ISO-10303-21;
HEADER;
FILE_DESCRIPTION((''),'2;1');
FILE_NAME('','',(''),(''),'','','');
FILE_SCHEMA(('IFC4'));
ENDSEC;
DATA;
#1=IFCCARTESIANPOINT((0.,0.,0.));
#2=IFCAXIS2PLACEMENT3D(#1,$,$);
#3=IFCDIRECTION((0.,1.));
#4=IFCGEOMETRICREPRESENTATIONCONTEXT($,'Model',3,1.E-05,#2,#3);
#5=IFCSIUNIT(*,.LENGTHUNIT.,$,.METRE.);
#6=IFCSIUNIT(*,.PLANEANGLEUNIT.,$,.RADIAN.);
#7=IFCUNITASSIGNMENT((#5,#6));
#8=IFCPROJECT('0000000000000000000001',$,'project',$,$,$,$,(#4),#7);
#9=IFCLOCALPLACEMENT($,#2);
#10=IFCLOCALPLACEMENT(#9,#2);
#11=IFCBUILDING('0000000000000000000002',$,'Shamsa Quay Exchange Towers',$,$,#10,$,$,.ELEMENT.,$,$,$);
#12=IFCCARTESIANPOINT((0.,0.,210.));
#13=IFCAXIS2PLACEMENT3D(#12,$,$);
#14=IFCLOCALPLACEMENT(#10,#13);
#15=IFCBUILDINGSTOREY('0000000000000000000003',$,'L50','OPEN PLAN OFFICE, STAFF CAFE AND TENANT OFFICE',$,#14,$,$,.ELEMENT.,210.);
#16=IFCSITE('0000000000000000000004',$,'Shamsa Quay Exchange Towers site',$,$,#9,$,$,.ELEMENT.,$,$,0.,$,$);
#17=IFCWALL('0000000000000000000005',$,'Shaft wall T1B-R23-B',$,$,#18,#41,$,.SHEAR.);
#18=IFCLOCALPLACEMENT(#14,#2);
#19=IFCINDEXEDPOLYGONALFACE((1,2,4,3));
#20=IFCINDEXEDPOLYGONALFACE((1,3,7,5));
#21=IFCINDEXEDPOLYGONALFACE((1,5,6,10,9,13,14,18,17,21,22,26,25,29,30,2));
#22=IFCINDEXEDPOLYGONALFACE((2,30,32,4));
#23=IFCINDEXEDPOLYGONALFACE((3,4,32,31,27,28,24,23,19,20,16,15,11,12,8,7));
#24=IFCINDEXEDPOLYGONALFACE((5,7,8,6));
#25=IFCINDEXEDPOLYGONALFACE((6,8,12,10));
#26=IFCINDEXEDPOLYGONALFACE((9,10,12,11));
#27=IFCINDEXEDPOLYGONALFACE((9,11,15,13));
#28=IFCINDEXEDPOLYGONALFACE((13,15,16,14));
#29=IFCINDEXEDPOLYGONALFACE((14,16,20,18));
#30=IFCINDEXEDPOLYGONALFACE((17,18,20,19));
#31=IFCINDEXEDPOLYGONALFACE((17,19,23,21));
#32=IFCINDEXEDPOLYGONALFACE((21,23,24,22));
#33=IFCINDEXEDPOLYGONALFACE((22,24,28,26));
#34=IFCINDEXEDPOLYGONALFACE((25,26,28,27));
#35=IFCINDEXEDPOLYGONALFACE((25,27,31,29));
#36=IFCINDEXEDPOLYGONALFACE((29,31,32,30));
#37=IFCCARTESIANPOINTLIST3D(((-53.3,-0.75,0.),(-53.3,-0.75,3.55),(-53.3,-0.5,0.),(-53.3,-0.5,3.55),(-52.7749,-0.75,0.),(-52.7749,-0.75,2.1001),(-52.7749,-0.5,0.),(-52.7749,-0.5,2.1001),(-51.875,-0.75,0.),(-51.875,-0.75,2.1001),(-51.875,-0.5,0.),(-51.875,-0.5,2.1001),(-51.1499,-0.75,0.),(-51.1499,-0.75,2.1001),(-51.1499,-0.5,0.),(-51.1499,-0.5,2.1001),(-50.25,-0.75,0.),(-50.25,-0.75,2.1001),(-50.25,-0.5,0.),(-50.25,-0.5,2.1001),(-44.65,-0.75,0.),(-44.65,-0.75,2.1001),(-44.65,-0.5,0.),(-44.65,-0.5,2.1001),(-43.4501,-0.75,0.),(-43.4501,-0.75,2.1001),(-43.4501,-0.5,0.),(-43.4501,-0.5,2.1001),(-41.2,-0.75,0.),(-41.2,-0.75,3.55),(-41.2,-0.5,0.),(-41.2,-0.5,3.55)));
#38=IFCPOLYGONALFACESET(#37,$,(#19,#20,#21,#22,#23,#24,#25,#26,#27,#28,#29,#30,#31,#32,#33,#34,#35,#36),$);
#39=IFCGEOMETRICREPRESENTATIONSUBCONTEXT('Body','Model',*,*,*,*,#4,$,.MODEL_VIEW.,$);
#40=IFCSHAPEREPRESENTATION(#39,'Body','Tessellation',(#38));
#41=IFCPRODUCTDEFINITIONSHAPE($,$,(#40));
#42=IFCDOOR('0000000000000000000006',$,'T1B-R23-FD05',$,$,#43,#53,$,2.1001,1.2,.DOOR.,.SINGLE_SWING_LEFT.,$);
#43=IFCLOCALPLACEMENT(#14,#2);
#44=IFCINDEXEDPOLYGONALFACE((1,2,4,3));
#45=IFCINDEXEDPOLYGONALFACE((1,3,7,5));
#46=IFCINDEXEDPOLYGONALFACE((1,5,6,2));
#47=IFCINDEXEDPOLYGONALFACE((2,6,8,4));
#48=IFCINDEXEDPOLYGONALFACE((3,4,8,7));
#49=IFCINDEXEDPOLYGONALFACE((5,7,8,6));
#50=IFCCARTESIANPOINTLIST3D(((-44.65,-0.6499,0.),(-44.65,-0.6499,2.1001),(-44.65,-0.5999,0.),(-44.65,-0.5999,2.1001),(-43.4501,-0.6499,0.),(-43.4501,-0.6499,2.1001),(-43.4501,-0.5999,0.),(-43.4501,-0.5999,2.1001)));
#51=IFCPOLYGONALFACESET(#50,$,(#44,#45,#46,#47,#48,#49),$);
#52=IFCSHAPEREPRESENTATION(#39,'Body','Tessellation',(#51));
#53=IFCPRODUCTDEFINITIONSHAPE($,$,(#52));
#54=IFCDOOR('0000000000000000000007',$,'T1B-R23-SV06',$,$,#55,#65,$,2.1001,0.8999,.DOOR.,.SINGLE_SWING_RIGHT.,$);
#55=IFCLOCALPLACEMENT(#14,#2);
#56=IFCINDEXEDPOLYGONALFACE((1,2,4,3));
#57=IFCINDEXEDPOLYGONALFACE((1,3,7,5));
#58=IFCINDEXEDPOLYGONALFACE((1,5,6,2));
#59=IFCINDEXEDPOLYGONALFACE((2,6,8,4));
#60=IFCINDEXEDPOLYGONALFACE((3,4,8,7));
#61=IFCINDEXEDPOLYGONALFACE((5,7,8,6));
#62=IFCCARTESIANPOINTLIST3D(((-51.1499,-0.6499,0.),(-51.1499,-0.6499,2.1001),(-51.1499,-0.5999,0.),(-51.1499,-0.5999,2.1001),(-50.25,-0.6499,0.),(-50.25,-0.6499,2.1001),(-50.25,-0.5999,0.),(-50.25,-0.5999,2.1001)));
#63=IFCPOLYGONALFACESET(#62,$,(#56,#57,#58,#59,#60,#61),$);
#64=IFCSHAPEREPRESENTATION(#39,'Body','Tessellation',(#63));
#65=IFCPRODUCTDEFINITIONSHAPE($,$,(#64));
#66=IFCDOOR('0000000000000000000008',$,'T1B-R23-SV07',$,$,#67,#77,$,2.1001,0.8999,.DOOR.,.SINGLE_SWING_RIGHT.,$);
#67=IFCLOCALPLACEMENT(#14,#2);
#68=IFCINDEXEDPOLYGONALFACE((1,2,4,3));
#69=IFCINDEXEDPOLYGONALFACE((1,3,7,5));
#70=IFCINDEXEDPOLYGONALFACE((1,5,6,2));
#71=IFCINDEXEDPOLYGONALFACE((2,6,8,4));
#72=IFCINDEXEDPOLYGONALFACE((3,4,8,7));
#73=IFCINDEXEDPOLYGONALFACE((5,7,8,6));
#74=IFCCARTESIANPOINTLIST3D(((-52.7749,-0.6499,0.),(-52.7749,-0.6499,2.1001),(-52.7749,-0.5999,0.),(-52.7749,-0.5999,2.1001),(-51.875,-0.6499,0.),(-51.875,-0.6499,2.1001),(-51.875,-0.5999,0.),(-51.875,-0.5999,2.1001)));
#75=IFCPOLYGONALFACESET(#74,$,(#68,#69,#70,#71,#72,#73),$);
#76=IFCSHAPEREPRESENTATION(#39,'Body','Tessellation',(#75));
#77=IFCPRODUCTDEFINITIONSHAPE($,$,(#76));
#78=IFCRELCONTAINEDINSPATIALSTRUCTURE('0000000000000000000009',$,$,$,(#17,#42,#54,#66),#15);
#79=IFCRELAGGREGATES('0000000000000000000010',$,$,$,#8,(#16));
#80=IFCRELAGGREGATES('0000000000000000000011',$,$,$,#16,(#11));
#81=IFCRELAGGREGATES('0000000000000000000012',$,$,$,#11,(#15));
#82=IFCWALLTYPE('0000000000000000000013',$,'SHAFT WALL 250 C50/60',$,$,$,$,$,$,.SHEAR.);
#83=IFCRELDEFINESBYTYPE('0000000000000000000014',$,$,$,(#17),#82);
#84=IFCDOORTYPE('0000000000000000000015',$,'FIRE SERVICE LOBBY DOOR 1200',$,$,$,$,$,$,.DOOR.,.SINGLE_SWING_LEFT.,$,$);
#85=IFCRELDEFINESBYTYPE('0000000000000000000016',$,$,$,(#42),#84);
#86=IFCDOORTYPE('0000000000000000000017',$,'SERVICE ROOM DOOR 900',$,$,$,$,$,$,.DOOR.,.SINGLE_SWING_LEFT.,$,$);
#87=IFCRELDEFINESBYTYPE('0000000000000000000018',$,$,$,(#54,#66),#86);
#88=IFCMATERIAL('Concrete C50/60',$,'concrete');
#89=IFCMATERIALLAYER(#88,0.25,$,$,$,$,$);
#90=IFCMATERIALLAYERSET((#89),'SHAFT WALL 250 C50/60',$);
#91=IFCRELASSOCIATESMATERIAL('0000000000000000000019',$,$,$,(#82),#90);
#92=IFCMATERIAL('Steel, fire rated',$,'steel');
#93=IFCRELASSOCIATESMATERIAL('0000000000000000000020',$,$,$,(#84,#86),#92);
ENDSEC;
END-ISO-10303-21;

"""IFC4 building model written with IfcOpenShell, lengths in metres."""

from ifc_helpers import new_model, si_unit, direction, frame, frame_2d, origin, place, context, subcontext, project, spatial, rectangle, extrude, material, layer, layer_set, type_object, element, fill, save


model = new_model("IFC4")

# Units and contexts
model_context = context("Model", 3, precision=1e-05, world=origin(), true_north=direction((0.0, 1.0)))
body_context = subcontext(model_context, "Body", "Model", "MODEL_VIEW")
ifc_project = project(units=[si_unit("LENGTHUNIT", "METRE"), si_unit("PLANEANGLEUNIT", "RADIAN")], contexts=[model_context])

# Site, building, storey
site_placement = place(None, origin())
site = spatial("IfcSite", under=ifc_project, at=site_placement, Name="Shamsa Quay Exchange Towers site", CompositionType="ELEMENT", RefElevation=0.0)
building_placement = place(site_placement, origin())
building = spatial("IfcBuilding", under=site, at=building_placement, Name="Shamsa Quay Exchange Towers", CompositionType="ELEMENT")
storey_placement = place(building_placement, frame((0.0, 0.0, 210.0)))
storey = spatial("IfcBuildingStorey", under=building, at=storey_placement, Name="L50", Description="OPEN PLAN OFFICE, STAFF CAFE AND TENANT OFFICE", CompositionType="ELEMENT", Elevation=210.0)

# Shared definitions
ifc_material_1 = material(Name="Steel, fire rated", Category="steel")

# Shared definitions
ifc_material_2 = material(Name="Concrete C50/60", Category="concrete")
ifc_layer_1 = layer(ifc_material_2, 0.25)
ifc_layer_set_1 = layer_set([ifc_layer_1], Name="SHAFT WALL 250 C50/60")
wall_type_1 = type_object("IfcWallType", Name="SHAFT WALL 250 C50/60", PredefinedType="SHEAR", material=ifc_layer_set_1)

# Wall, openings, doors
wall_1_placement = place(storey_placement, frame((-41.2, -0.625, 0.0), z_axis=(0.0, 0.0, 1.0), x_axis=(-1.0, 0.0, 0.0)))
wall_1 = element("IfcWall", 1, at=wall_1_placement, inside=storey, type_object=wall_type_1, Name="Shaft wall T1B-R23-B", PredefinedType="SHEAR", context=body_context, shape_type="SweptSolid", body=[
    extrude(rectangle(XDim=12.1001, YDim=0.25, at=frame_2d((6.05, 0.0))), origin(), (0.0, 0.0, 1.0), 3.55),
])
opening_1_placement = place(wall_1_placement, frame((2.25, 0.0, 0.0)))
opening_1 = element("IfcOpeningElement", 2, at=opening_1_placement, cuts=wall_1, PredefinedType="OPENING", context=body_context, shape_type="SweptSolid", body=[
    extrude(rectangle(XDim=1.2, YDim=2.1001, at=frame_2d((0.6001, 1.05))), frame((0.0, 0.135, 0.0), z_axis=(0.0, -1.0, 0.0), x_axis=(1.0, 0.0, 0.0)), (0.0, 0.0, 1.0), 0.27),
])
opening_2_placement = place(wall_1_placement, frame((9.05, 0.0, 0.0)))
opening_2 = element("IfcOpeningElement", 3, at=opening_2_placement, cuts=wall_1, PredefinedType="OPENING", context=body_context, shape_type="SweptSolid", body=[
    extrude(rectangle(XDim=0.8999, YDim=2.1001, at=frame_2d((0.45, 1.05))), frame((0.0, 0.135, 0.0), z_axis=(0.0, -1.0, 0.0), x_axis=(1.0, 0.0, 0.0)), (0.0, 0.0, 1.0), 0.27),
])
opening_3_placement = place(wall_1_placement, frame((10.675, 0.0, 0.0)))
opening_3 = element("IfcOpeningElement", 4, at=opening_3_placement, cuts=wall_1, PredefinedType="OPENING", context=body_context, shape_type="SweptSolid", body=[
    extrude(rectangle(XDim=0.8999, YDim=2.1001, at=frame_2d((0.45, 1.05))), frame((0.0, 0.135, 0.0), z_axis=(0.0, -1.0, 0.0), x_axis=(1.0, 0.0, 0.0)), (0.0, 0.0, 1.0), 0.27),
])
door_type_1 = type_object("IfcDoorType", Name="FIRE SERVICE LOBBY DOOR 1200", OperationType="SINGLE_SWING_LEFT", PredefinedType="DOOR", material=ifc_material_1)
door_1_placement = place(opening_1_placement, origin())
door_1 = element("IfcDoor", 5, at=door_1_placement, inside=storey, type_object=door_type_1, Name="T1B-R23-FD05", OperationType="SINGLE_SWING_LEFT", OverallHeight=2.1001, OverallWidth=1.2, PredefinedType="DOOR", context=body_context, shape_type="SweptSolid", body=[
    extrude(rectangle(XDim=1.2, YDim=2.1001, at=frame_2d((0.6001, 1.05))), frame((0.0, 0.0249, 0.0), z_axis=(0.0, -1.0, 0.0), x_axis=(1.0, 0.0, 0.0)), (0.0, 0.0, 1.0), 0.05),
])
fill(opening_1, door_1)
door_type_2 = type_object("IfcDoorType", Name="SERVICE ROOM DOOR 900", OperationType="SINGLE_SWING_LEFT", PredefinedType="DOOR", material=ifc_material_1)
door_2_placement = place(opening_2_placement, origin())
door_2 = element("IfcDoor", 6, at=door_2_placement, inside=storey, type_object=door_type_2, Name="T1B-R23-SV06", OperationType="SINGLE_SWING_RIGHT", OverallHeight=2.1001, OverallWidth=0.8999, PredefinedType="DOOR", context=body_context, shape_type="SweptSolid", body=[
    extrude(rectangle(XDim=0.8999, YDim=2.1001, at=frame_2d((0.45, 1.05))), frame((0.0, 0.0249, 0.0), z_axis=(0.0, -1.0, 0.0), x_axis=(1.0, 0.0, 0.0)), (0.0, 0.0, 1.0), 0.05),
])
fill(opening_2, door_2)
door_3_placement = place(opening_3_placement, origin())
door_3 = element("IfcDoor", 7, at=door_3_placement, inside=storey, type_object=door_type_2, Name="T1B-R23-SV07", OperationType="SINGLE_SWING_RIGHT", OverallHeight=2.1001, OverallWidth=0.8999, PredefinedType="DOOR", context=body_context, shape_type="SweptSolid", body=[
    extrude(rectangle(XDim=0.8999, YDim=2.1001, at=frame_2d((0.45, 1.05))), frame((0.0, 0.0249, 0.0), z_axis=(0.0, -1.0, 0.0), x_axis=(1.0, 0.0, 0.0)), (0.0, 0.0, 1.0), 0.05),
])
fill(opening_3, door_3)

save(model, "model.ifc")
